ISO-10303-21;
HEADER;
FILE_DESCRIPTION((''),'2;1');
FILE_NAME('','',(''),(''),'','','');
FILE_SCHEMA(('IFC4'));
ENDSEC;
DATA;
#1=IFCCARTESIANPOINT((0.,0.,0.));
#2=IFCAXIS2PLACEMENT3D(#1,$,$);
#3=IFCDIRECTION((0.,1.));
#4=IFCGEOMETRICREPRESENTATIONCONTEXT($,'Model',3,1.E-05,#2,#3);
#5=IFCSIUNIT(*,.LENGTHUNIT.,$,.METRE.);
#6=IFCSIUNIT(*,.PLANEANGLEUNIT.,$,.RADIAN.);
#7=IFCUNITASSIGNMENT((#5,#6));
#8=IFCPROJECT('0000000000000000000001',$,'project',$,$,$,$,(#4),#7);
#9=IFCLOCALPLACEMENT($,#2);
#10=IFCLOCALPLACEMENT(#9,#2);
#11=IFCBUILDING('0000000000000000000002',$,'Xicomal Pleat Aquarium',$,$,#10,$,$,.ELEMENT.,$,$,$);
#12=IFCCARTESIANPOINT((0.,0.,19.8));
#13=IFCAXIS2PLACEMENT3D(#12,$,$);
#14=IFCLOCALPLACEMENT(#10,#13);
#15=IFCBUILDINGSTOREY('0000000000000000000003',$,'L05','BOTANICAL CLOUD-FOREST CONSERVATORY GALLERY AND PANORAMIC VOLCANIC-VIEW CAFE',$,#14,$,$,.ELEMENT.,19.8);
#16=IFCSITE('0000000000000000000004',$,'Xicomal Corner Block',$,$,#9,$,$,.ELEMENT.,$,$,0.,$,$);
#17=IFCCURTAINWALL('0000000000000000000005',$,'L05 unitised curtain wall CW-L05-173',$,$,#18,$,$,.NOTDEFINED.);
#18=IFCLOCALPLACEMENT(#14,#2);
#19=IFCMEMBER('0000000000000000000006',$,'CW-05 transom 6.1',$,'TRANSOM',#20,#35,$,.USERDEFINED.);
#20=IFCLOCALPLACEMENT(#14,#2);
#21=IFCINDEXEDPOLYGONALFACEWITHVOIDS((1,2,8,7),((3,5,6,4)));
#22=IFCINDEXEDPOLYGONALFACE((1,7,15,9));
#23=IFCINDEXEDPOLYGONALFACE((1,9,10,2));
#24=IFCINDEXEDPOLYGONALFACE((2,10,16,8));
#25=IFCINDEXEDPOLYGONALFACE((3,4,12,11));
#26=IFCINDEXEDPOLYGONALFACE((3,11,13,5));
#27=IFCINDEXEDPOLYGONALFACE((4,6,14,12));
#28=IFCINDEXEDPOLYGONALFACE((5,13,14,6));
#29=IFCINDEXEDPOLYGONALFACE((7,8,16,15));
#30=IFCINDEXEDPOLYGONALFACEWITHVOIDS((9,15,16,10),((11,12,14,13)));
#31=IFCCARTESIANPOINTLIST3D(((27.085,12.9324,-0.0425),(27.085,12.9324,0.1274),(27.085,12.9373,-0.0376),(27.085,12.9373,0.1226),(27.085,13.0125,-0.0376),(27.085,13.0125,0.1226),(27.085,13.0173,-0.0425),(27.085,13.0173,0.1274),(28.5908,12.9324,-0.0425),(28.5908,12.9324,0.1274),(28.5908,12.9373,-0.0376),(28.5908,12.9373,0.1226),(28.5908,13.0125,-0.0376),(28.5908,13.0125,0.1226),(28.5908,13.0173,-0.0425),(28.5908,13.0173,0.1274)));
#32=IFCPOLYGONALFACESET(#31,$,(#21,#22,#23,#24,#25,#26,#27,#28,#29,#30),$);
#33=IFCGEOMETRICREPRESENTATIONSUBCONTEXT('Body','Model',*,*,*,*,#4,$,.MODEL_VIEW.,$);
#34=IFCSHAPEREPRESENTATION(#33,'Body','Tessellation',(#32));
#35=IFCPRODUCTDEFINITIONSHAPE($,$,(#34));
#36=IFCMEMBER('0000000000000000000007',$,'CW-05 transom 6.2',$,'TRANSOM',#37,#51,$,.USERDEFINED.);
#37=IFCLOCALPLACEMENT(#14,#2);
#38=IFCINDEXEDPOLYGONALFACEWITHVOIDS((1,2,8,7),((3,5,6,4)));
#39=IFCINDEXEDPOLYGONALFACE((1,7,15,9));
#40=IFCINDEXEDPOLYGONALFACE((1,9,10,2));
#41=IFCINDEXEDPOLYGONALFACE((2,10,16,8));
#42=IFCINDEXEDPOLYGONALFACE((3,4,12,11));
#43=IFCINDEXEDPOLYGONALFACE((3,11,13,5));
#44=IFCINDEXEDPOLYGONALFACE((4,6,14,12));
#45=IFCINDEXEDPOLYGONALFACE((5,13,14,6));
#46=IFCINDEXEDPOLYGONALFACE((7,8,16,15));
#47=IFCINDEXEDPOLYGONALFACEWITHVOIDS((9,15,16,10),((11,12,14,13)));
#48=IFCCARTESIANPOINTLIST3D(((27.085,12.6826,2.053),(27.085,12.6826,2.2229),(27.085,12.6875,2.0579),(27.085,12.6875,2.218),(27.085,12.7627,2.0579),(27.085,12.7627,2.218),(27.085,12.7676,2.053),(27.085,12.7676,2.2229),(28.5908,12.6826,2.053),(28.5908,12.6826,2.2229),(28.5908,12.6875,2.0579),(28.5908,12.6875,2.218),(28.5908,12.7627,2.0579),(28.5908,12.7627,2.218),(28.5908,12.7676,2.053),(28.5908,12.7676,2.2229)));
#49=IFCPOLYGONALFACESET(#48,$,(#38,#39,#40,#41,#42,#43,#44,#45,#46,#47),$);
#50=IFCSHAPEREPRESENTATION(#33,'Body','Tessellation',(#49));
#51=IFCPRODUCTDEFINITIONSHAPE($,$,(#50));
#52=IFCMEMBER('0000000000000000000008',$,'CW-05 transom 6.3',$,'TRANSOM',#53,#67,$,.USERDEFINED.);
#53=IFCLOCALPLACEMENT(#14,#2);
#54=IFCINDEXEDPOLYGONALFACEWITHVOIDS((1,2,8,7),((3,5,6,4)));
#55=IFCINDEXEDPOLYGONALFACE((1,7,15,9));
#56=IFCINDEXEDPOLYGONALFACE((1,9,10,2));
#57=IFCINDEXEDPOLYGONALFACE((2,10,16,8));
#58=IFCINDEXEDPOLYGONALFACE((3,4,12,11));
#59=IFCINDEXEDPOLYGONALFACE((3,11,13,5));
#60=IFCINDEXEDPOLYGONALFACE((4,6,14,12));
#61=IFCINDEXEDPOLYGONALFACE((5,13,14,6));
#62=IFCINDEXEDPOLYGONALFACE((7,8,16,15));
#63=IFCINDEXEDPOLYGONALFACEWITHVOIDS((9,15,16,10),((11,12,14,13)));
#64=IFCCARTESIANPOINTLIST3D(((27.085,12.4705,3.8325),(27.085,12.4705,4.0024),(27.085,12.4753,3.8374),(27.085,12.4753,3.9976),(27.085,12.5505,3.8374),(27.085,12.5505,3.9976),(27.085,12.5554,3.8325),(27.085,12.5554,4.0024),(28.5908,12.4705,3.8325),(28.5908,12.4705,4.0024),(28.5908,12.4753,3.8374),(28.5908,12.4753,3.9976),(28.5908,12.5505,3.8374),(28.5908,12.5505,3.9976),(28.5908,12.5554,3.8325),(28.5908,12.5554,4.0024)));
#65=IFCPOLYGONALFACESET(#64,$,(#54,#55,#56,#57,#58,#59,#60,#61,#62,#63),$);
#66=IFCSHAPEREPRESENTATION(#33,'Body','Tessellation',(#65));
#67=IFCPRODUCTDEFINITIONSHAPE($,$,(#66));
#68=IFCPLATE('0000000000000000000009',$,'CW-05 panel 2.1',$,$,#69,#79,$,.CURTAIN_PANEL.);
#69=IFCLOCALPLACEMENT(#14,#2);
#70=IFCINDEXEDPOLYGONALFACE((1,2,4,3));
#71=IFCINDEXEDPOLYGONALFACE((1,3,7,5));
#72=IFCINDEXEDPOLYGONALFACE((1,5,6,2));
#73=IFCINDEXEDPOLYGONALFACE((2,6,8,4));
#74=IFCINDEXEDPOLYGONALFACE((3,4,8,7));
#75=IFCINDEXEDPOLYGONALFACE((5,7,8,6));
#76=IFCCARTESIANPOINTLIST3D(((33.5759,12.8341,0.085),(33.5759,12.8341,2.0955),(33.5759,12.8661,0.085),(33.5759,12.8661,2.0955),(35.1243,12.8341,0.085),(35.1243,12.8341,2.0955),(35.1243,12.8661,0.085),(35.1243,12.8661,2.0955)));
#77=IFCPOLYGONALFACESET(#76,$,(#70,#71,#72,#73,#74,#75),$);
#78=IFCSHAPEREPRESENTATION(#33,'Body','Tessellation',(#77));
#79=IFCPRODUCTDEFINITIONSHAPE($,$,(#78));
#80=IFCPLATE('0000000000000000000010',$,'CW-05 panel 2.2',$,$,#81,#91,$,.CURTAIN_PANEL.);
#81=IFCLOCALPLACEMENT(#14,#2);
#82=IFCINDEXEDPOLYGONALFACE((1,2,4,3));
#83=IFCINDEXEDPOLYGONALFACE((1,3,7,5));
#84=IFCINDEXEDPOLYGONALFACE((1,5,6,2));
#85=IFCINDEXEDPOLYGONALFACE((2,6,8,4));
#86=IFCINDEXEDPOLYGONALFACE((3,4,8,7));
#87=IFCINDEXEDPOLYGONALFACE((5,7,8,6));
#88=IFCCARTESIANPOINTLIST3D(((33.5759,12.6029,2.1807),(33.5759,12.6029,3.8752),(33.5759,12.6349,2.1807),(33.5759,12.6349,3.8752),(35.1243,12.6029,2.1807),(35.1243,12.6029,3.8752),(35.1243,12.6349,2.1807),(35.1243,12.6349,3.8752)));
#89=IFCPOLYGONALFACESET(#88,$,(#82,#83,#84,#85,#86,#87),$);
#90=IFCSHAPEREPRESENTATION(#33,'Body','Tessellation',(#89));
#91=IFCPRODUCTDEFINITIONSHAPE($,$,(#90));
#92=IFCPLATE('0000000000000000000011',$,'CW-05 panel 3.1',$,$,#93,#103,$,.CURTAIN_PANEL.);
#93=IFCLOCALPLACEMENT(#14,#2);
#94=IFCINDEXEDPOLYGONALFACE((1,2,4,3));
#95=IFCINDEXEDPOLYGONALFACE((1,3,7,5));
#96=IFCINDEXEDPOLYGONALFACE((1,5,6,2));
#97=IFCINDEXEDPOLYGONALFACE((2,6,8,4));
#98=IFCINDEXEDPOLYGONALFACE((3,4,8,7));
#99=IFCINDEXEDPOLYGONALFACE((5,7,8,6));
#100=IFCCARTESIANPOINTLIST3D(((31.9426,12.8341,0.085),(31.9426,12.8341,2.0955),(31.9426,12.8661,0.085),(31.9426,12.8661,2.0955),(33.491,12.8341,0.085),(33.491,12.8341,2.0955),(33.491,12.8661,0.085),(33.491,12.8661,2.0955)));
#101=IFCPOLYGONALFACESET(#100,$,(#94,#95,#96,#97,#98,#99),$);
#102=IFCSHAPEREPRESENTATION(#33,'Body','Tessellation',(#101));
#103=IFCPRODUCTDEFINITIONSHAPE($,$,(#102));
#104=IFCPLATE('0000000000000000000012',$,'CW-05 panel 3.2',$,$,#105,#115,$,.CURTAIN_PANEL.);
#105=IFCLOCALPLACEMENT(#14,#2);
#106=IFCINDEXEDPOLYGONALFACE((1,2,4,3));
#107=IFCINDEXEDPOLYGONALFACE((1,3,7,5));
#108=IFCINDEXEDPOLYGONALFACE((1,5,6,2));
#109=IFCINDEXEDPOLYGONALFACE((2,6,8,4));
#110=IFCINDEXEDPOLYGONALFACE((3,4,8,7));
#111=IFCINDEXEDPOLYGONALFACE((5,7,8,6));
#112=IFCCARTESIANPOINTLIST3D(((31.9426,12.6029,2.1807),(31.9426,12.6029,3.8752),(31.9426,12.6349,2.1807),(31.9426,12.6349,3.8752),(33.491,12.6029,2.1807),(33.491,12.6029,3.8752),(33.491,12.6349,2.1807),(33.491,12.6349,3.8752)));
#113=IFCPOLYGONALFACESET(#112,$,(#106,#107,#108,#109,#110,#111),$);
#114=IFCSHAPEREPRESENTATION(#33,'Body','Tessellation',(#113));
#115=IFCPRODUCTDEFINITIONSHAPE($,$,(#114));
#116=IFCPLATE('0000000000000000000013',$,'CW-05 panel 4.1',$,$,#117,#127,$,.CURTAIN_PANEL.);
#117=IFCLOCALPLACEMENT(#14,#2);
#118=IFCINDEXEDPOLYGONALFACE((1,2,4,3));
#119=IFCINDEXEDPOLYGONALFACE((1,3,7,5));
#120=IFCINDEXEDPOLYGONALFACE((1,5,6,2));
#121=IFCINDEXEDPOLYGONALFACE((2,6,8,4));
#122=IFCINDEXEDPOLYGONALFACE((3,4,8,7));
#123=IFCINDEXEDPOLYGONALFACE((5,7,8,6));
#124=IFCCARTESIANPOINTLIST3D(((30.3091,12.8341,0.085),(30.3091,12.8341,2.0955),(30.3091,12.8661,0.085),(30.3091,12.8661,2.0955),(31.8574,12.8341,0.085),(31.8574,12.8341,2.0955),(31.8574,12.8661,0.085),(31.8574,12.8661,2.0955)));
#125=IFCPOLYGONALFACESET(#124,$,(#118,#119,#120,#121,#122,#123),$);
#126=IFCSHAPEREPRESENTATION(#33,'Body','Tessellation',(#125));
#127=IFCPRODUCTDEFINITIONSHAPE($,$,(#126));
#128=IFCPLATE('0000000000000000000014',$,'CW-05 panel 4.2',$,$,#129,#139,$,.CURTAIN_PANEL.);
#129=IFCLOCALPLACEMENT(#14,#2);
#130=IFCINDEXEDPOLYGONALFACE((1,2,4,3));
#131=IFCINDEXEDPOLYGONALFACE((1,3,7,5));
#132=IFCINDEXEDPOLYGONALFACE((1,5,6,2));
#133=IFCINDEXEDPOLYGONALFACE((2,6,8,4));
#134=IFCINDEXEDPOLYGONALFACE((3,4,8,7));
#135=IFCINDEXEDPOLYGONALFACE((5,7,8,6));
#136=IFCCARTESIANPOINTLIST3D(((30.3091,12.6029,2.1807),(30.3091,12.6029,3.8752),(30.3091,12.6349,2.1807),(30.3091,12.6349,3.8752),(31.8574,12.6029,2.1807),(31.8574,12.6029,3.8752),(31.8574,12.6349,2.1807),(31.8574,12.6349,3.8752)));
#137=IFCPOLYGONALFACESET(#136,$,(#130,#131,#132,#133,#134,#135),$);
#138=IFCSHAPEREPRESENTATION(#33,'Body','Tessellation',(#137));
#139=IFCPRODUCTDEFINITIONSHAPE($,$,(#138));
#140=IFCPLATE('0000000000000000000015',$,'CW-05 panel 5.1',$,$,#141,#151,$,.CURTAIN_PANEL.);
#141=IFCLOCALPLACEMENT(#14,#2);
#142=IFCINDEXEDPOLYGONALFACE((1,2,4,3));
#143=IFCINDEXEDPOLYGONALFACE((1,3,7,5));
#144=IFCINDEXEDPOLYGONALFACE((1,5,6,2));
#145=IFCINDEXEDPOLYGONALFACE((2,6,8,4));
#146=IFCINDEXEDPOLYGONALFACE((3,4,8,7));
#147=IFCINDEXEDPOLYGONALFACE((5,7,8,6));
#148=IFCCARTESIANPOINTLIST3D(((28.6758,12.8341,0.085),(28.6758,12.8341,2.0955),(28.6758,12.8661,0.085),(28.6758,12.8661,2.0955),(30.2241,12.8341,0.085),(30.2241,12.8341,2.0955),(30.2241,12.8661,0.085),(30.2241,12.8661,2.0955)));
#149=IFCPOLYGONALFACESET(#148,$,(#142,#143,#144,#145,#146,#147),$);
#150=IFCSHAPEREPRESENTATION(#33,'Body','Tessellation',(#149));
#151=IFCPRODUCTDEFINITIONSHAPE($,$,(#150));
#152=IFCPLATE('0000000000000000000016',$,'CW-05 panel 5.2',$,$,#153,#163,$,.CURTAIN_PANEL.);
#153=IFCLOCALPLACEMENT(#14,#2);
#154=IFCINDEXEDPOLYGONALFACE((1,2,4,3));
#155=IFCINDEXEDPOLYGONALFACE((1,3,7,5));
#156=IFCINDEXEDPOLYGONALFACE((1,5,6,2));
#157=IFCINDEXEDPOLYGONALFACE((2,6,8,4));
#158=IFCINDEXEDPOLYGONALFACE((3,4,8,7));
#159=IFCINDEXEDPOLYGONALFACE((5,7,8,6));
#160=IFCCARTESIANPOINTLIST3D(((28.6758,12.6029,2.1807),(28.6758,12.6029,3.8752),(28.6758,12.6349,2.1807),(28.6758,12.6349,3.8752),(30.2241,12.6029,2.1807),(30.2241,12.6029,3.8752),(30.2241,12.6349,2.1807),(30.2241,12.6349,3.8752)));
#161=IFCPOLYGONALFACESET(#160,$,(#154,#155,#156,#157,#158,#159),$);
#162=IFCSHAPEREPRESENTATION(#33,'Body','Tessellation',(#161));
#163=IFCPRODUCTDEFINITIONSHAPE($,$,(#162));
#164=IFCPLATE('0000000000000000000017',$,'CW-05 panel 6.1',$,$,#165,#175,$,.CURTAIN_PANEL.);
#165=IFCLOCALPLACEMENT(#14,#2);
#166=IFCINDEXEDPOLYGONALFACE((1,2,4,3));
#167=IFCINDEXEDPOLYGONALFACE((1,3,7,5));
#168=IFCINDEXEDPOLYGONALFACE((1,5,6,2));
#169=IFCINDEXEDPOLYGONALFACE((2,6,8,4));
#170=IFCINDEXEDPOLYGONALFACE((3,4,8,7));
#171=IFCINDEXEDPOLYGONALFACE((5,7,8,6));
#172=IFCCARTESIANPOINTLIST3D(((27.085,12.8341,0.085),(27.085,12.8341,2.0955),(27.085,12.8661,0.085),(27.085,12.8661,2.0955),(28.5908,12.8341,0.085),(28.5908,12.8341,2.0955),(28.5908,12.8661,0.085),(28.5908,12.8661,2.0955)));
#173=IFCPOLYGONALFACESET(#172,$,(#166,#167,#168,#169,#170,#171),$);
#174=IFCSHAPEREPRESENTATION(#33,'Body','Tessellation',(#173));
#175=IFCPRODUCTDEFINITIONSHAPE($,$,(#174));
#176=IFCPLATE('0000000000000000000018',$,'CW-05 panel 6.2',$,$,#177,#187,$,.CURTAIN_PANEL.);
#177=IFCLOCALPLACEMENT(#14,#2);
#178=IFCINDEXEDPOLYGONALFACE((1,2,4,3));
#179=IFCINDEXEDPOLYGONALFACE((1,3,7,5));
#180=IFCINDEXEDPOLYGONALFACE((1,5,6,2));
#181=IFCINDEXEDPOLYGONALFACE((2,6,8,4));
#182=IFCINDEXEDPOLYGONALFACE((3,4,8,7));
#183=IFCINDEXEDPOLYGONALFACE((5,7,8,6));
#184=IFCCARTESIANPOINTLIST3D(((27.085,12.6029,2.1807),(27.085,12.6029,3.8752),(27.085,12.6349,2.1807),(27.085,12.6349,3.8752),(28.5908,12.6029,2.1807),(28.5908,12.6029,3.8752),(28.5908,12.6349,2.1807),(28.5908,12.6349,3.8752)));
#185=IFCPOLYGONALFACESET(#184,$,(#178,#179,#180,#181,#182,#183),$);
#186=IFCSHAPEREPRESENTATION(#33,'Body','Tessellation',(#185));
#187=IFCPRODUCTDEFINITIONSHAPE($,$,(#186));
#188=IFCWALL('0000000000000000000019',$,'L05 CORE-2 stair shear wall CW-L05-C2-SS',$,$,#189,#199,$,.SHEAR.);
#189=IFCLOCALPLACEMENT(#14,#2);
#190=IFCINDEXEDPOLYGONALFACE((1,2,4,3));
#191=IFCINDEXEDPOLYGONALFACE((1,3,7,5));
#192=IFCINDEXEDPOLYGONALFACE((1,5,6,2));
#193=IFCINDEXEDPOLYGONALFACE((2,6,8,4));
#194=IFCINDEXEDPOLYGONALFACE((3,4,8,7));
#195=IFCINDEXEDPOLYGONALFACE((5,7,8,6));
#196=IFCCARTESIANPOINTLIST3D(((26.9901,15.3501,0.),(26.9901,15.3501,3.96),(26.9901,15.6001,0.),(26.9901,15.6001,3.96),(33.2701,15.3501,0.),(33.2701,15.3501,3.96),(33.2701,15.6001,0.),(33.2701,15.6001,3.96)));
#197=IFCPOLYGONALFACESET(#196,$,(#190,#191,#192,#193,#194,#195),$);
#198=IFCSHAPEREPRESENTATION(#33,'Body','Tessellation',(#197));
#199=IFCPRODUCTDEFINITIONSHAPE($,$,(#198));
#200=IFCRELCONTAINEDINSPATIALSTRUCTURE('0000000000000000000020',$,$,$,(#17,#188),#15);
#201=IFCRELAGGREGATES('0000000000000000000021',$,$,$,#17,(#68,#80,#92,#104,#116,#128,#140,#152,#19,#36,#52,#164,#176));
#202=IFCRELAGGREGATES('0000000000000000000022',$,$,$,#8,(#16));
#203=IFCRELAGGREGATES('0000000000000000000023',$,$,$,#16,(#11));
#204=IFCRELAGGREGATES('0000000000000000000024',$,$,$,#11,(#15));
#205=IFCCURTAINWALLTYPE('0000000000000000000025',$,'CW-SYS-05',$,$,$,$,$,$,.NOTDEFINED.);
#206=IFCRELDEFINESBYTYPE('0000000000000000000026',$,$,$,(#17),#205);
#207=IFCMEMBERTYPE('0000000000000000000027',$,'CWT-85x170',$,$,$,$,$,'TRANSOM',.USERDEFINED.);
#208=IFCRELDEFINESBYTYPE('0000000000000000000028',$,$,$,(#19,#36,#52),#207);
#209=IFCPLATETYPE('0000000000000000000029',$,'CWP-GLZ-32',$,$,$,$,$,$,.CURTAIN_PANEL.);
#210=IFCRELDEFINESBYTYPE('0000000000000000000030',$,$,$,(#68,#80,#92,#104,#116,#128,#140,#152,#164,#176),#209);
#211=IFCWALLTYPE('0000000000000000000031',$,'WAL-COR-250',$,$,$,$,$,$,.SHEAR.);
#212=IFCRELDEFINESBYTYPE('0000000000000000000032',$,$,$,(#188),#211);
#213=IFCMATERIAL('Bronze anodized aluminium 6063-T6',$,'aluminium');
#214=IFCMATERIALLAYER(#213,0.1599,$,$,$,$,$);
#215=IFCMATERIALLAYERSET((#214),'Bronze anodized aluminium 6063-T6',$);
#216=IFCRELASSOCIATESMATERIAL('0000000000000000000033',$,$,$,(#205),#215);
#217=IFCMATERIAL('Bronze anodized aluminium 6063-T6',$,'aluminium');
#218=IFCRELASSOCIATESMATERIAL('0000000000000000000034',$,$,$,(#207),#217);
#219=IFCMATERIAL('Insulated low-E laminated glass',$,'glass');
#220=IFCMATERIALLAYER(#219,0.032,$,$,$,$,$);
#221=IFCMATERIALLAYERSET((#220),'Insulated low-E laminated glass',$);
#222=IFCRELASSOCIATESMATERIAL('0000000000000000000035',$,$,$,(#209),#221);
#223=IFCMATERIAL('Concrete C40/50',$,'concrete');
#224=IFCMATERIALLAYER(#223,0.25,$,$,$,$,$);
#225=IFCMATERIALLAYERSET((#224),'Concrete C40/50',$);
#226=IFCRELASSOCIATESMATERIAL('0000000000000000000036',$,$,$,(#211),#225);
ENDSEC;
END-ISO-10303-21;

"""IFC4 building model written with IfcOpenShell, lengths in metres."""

from ifc_helpers import new_model, si_unit, direction, frame, frame_2d, origin, origin_2d, place, context, subcontext, project, spatial, rectangle, hollow_rectangle, extrude, material, layer, layer_set, material_profile, profile_set, type_object, element, aggregate, save


model = new_model("IFC4")

# Units and contexts
model_context = context("Model", 3, precision=1e-05, world=origin(), true_north=direction((0.0, 1.0)))
body_context = subcontext(model_context, "Body", "Model", "MODEL_VIEW")
ifc_project = project(units=[si_unit("LENGTHUNIT", "METRE"), si_unit("PLANEANGLEUNIT", "RADIAN")], contexts=[model_context])

# Site, building, storey
site_placement = place(None, origin())
site = spatial("IfcSite", under=ifc_project, at=site_placement, Name="Xicomal Corner Block", CompositionType="ELEMENT", RefElevation=0.0)
building_placement = place(site_placement, origin())
building = spatial("IfcBuilding", under=site, at=building_placement, Name="Xicomal Pleat Aquarium", CompositionType="ELEMENT")
storey_placement = place(building_placement, frame((0.0, 0.0, 19.8)))
storey = spatial("IfcBuildingStorey", under=building, at=storey_placement, Name="L05", Description="BOTANICAL CLOUD-FOREST CONSERVATORY GALLERY AND PANORAMIC VOLCANIC-VIEW CAFE", CompositionType="ELEMENT", Elevation=19.8)

# Curtain wall, members, plates
ifc_material_1 = material(Name="Bronze anodized aluminium 6063-T6", Category="aluminium")
ifc_layer_1 = layer(ifc_material_1, 0.1599)
ifc_layer_set_1 = layer_set([ifc_layer_1], Name="Bronze anodized aluminium 6063-T6")
curtain_wall_type = type_object("IfcCurtainWallType", Name="CW-SYS-05", PredefinedType="NOTDEFINED", material=ifc_layer_set_1)
curtain_wall_placement = place(storey_placement, origin())
curtain_wall = element("IfcCurtainWall", 1, at=curtain_wall_placement, inside=storey, type_object=curtain_wall_type, Name="L05 unitised curtain wall CW-L05-173", PredefinedType="NOTDEFINED")
ifc_material_2 = material(Name="Bronze anodized aluminium 6063-T6", Category="aluminium")
ifc_material_profile_1 = material_profile(ifc_material_2, hollow_rectangle(XDim=0.085, YDim=0.1699, WallThickness=0.0049, at=origin_2d()), Name="ALU TRAN 85x170")
ifc_profile_set_1 = profile_set([ifc_material_profile_1], Name="Bronze anodized aluminium 6063-T6")
member_type_1 = type_object("IfcMemberType", Name="CWT-85x170", ElementType="TRANSOM", PredefinedType="USERDEFINED", material=ifc_profile_set_1)
member_1_placement = place(storey_placement, frame((28.5908, 12.9749, 0.0425), z_axis=(-1.0, 0.0, 0.0), x_axis=(0.0, -1.0, 0.0)))
member_1 = element("IfcMember", 2, at=member_1_placement, type_object=member_type_1, Name="CW-05 transom 6.1", ObjectType="TRANSOM", PredefinedType="USERDEFINED", context=body_context, shape_type="SweptSolid", body=[
    extrude(hollow_rectangle(XDim=0.085, YDim=0.1699, WallThickness=0.0049, at=origin_2d()), origin(), (0.0, 0.0, 1.0), 1.5059),
])
member_2_placement = place(storey_placement, frame((28.5908, 12.7251, 2.1379), z_axis=(-1.0, 0.0, 0.0), x_axis=(0.0, -1.0, 0.0)))
member_2 = element("IfcMember", 3, at=member_2_placement, type_object=member_type_1, Name="CW-05 transom 6.2", ObjectType="TRANSOM", PredefinedType="USERDEFINED", context=body_context, shape_type="SweptSolid", body=[
    extrude(hollow_rectangle(XDim=0.085, YDim=0.1699, WallThickness=0.0049, at=origin_2d()), origin(), (0.0, 0.0, 1.0), 1.5059),
])
member_3_placement = place(storey_placement, frame((28.5908, 12.5129, 3.9175), z_axis=(-1.0, 0.0, 0.0), x_axis=(0.0, -1.0, 0.0)))
member_3 = element("IfcMember", 4, at=member_3_placement, type_object=member_type_1, Name="CW-05 transom 6.3", ObjectType="TRANSOM", PredefinedType="USERDEFINED", context=body_context, shape_type="SweptSolid", body=[
    extrude(hollow_rectangle(XDim=0.085, YDim=0.1699, WallThickness=0.0049, at=origin_2d()), origin(), (0.0, 0.0, 1.0), 1.5059),
])
ifc_material_3 = material(Name="Insulated low-E laminated glass", Category="glass")
ifc_layer_2 = layer(ifc_material_3, 0.032)
ifc_layer_set_2 = layer_set([ifc_layer_2], Name="Insulated low-E laminated glass")
plate_type = type_object("IfcPlateType", Name="CWP-GLZ-32", PredefinedType="CURTAIN_PANEL", material=ifc_layer_set_2)
plate_1_placement = place(storey_placement, frame((34.3501, 12.8501, 0.085), z_axis=(0.0, 0.0, 1.0), x_axis=(-1.0, 0.0, 0.0)))
plate_1 = element("IfcPlate", 5, at=plate_1_placement, type_object=plate_type, Name="CW-05 panel 2.1", PredefinedType="CURTAIN_PANEL", context=body_context, shape_type="SweptSolid", body=[
    extrude(rectangle(XDim=1.5483, YDim=0.032, at=origin_2d()), origin(), (0.0, 0.0, 1.0), 2.0105),
])
plate_2_placement = place(storey_placement, frame((34.3501, 12.6189, 2.1807), z_axis=(0.0, 0.0, 1.0), x_axis=(-1.0, 0.0, 0.0)))
plate_2 = element("IfcPlate", 6, at=plate_2_placement, type_object=plate_type, Name="CW-05 panel 2.2", PredefinedType="CURTAIN_PANEL", context=body_context, shape_type="SweptSolid", body=[
    extrude(rectangle(XDim=1.5483, YDim=0.032, at=origin_2d()), origin(), (0.0, 0.0, 1.0), 1.6946),
])
plate_3_placement = place(storey_placement, frame((32.7168, 12.8501, 0.085), z_axis=(0.0, 0.0, 1.0), x_axis=(-1.0, 0.0, 0.0)))
plate_3 = element("IfcPlate", 7, at=plate_3_placement, type_object=plate_type, Name="CW-05 panel 3.1", PredefinedType="CURTAIN_PANEL", context=body_context, shape_type="SweptSolid", body=[
    extrude(rectangle(XDim=1.5483, YDim=0.032, at=origin_2d()), origin(), (0.0, 0.0, 1.0), 2.0105),
])
plate_4_placement = place(storey_placement, frame((32.7168, 12.6189, 2.1807), z_axis=(0.0, 0.0, 1.0), x_axis=(-1.0, 0.0, 0.0)))
plate_4 = element("IfcPlate", 8, at=plate_4_placement, type_object=plate_type, Name="CW-05 panel 3.2", PredefinedType="CURTAIN_PANEL", context=body_context, shape_type="SweptSolid", body=[
    extrude(rectangle(XDim=1.5483, YDim=0.032, at=origin_2d()), origin(), (0.0, 0.0, 1.0), 1.6946),
])
plate_5_placement = place(storey_placement, frame((31.0833, 12.8501, 0.085), z_axis=(0.0, 0.0, 1.0), x_axis=(-1.0, 0.0, 0.0)))
plate_5 = element("IfcPlate", 9, at=plate_5_placement, type_object=plate_type, Name="CW-05 panel 4.1", PredefinedType="CURTAIN_PANEL", context=body_context, shape_type="SweptSolid", body=[
    extrude(rectangle(XDim=1.5483, YDim=0.032, at=origin_2d()), origin(), (0.0, 0.0, 1.0), 2.0105),
])
plate_6_placement = place(storey_placement, frame((31.0833, 12.6189, 2.1807), z_axis=(0.0, 0.0, 1.0), x_axis=(-1.0, 0.0, 0.0)))
plate_6 = element("IfcPlate", 10, at=plate_6_placement, type_object=plate_type, Name="CW-05 panel 4.2", PredefinedType="CURTAIN_PANEL", context=body_context, shape_type="SweptSolid", body=[
    extrude(rectangle(XDim=1.5483, YDim=0.032, at=origin_2d()), origin(), (0.0, 0.0, 1.0), 1.6946),
])
plate_7_placement = place(storey_placement, frame((29.45, 12.8501, 0.085), z_axis=(0.0, 0.0, 1.0), x_axis=(-1.0, 0.0, 0.0)))
plate_7 = element("IfcPlate", 11, at=plate_7_placement, type_object=plate_type, Name="CW-05 panel 5.1", PredefinedType="CURTAIN_PANEL", context=body_context, shape_type="SweptSolid", body=[
    extrude(rectangle(XDim=1.5483, YDim=0.032, at=origin_2d()), origin(), (0.0, 0.0, 1.0), 2.0105),
])
plate_8_placement = place(storey_placement, frame((29.45, 12.6189, 2.1807), z_axis=(0.0, 0.0, 1.0), x_axis=(-1.0, 0.0, 0.0)))
plate_8 = element("IfcPlate", 12, at=plate_8_placement, type_object=plate_type, Name="CW-05 panel 5.2", PredefinedType="CURTAIN_PANEL", context=body_context, shape_type="SweptSolid", body=[
    extrude(rectangle(XDim=1.5483, YDim=0.032, at=origin_2d()), origin(), (0.0, 0.0, 1.0), 1.6946),
])
plate_9_placement = place(storey_placement, frame((27.8379, 12.8501, 0.085), z_axis=(0.0, 0.0, 1.0), x_axis=(-1.0, 0.0, 0.0)))
plate_9 = element("IfcPlate", 13, at=plate_9_placement, type_object=plate_type, Name="CW-05 panel 6.1", PredefinedType="CURTAIN_PANEL", context=body_context, shape_type="SweptSolid", body=[
    extrude(rectangle(XDim=1.5059, YDim=0.032, at=origin_2d()), origin(), (0.0, 0.0, 1.0), 2.0105),
])
plate_10_placement = place(storey_placement, frame((27.8379, 12.6189, 2.1807), z_axis=(0.0, 0.0, 1.0), x_axis=(-1.0, 0.0, 0.0)))
plate_10 = element("IfcPlate", 14, at=plate_10_placement, type_object=plate_type, Name="CW-05 panel 6.2", PredefinedType="CURTAIN_PANEL", context=body_context, shape_type="SweptSolid", body=[
    extrude(rectangle(XDim=1.5059, YDim=0.032, at=origin_2d()), origin(), (0.0, 0.0, 1.0), 1.6946),
])
aggregate(curtain_wall, [plate_1, plate_2, plate_3, plate_4, plate_5, plate_6, plate_7, plate_8, member_1, member_2, member_3, plate_9, plate_10])

# Wall
ifc_material_4 = material(Name="Concrete C40/50", Category="concrete")
ifc_layer_3 = layer(ifc_material_4, 0.25)
ifc_layer_set_3 = layer_set([ifc_layer_3], Name="Concrete C40/50")
wall_type_1 = type_object("IfcWallType", Name="WAL-COR-250", PredefinedType="SHEAR", material=ifc_layer_set_3)
wall_1_placement = place(storey_placement, frame((26.99, 15.4751, 0.0), z_axis=(0.0, 0.0, 1.0), x_axis=(1.0, 0.0, 0.0)))
element("IfcWall", 15, at=wall_1_placement, inside=storey, type_object=wall_type_1, Name="L05 CORE-2 stair shear wall CW-L05-C2-SS", PredefinedType="SHEAR", context=body_context, shape_type="SweptSolid", body=[
    extrude(rectangle(XDim=6.28, YDim=0.25, at=frame_2d((3.1401, 0.0))), origin(), (0.0, 0.0, 1.0), 3.96),
])

save(model, "model.ifc")
